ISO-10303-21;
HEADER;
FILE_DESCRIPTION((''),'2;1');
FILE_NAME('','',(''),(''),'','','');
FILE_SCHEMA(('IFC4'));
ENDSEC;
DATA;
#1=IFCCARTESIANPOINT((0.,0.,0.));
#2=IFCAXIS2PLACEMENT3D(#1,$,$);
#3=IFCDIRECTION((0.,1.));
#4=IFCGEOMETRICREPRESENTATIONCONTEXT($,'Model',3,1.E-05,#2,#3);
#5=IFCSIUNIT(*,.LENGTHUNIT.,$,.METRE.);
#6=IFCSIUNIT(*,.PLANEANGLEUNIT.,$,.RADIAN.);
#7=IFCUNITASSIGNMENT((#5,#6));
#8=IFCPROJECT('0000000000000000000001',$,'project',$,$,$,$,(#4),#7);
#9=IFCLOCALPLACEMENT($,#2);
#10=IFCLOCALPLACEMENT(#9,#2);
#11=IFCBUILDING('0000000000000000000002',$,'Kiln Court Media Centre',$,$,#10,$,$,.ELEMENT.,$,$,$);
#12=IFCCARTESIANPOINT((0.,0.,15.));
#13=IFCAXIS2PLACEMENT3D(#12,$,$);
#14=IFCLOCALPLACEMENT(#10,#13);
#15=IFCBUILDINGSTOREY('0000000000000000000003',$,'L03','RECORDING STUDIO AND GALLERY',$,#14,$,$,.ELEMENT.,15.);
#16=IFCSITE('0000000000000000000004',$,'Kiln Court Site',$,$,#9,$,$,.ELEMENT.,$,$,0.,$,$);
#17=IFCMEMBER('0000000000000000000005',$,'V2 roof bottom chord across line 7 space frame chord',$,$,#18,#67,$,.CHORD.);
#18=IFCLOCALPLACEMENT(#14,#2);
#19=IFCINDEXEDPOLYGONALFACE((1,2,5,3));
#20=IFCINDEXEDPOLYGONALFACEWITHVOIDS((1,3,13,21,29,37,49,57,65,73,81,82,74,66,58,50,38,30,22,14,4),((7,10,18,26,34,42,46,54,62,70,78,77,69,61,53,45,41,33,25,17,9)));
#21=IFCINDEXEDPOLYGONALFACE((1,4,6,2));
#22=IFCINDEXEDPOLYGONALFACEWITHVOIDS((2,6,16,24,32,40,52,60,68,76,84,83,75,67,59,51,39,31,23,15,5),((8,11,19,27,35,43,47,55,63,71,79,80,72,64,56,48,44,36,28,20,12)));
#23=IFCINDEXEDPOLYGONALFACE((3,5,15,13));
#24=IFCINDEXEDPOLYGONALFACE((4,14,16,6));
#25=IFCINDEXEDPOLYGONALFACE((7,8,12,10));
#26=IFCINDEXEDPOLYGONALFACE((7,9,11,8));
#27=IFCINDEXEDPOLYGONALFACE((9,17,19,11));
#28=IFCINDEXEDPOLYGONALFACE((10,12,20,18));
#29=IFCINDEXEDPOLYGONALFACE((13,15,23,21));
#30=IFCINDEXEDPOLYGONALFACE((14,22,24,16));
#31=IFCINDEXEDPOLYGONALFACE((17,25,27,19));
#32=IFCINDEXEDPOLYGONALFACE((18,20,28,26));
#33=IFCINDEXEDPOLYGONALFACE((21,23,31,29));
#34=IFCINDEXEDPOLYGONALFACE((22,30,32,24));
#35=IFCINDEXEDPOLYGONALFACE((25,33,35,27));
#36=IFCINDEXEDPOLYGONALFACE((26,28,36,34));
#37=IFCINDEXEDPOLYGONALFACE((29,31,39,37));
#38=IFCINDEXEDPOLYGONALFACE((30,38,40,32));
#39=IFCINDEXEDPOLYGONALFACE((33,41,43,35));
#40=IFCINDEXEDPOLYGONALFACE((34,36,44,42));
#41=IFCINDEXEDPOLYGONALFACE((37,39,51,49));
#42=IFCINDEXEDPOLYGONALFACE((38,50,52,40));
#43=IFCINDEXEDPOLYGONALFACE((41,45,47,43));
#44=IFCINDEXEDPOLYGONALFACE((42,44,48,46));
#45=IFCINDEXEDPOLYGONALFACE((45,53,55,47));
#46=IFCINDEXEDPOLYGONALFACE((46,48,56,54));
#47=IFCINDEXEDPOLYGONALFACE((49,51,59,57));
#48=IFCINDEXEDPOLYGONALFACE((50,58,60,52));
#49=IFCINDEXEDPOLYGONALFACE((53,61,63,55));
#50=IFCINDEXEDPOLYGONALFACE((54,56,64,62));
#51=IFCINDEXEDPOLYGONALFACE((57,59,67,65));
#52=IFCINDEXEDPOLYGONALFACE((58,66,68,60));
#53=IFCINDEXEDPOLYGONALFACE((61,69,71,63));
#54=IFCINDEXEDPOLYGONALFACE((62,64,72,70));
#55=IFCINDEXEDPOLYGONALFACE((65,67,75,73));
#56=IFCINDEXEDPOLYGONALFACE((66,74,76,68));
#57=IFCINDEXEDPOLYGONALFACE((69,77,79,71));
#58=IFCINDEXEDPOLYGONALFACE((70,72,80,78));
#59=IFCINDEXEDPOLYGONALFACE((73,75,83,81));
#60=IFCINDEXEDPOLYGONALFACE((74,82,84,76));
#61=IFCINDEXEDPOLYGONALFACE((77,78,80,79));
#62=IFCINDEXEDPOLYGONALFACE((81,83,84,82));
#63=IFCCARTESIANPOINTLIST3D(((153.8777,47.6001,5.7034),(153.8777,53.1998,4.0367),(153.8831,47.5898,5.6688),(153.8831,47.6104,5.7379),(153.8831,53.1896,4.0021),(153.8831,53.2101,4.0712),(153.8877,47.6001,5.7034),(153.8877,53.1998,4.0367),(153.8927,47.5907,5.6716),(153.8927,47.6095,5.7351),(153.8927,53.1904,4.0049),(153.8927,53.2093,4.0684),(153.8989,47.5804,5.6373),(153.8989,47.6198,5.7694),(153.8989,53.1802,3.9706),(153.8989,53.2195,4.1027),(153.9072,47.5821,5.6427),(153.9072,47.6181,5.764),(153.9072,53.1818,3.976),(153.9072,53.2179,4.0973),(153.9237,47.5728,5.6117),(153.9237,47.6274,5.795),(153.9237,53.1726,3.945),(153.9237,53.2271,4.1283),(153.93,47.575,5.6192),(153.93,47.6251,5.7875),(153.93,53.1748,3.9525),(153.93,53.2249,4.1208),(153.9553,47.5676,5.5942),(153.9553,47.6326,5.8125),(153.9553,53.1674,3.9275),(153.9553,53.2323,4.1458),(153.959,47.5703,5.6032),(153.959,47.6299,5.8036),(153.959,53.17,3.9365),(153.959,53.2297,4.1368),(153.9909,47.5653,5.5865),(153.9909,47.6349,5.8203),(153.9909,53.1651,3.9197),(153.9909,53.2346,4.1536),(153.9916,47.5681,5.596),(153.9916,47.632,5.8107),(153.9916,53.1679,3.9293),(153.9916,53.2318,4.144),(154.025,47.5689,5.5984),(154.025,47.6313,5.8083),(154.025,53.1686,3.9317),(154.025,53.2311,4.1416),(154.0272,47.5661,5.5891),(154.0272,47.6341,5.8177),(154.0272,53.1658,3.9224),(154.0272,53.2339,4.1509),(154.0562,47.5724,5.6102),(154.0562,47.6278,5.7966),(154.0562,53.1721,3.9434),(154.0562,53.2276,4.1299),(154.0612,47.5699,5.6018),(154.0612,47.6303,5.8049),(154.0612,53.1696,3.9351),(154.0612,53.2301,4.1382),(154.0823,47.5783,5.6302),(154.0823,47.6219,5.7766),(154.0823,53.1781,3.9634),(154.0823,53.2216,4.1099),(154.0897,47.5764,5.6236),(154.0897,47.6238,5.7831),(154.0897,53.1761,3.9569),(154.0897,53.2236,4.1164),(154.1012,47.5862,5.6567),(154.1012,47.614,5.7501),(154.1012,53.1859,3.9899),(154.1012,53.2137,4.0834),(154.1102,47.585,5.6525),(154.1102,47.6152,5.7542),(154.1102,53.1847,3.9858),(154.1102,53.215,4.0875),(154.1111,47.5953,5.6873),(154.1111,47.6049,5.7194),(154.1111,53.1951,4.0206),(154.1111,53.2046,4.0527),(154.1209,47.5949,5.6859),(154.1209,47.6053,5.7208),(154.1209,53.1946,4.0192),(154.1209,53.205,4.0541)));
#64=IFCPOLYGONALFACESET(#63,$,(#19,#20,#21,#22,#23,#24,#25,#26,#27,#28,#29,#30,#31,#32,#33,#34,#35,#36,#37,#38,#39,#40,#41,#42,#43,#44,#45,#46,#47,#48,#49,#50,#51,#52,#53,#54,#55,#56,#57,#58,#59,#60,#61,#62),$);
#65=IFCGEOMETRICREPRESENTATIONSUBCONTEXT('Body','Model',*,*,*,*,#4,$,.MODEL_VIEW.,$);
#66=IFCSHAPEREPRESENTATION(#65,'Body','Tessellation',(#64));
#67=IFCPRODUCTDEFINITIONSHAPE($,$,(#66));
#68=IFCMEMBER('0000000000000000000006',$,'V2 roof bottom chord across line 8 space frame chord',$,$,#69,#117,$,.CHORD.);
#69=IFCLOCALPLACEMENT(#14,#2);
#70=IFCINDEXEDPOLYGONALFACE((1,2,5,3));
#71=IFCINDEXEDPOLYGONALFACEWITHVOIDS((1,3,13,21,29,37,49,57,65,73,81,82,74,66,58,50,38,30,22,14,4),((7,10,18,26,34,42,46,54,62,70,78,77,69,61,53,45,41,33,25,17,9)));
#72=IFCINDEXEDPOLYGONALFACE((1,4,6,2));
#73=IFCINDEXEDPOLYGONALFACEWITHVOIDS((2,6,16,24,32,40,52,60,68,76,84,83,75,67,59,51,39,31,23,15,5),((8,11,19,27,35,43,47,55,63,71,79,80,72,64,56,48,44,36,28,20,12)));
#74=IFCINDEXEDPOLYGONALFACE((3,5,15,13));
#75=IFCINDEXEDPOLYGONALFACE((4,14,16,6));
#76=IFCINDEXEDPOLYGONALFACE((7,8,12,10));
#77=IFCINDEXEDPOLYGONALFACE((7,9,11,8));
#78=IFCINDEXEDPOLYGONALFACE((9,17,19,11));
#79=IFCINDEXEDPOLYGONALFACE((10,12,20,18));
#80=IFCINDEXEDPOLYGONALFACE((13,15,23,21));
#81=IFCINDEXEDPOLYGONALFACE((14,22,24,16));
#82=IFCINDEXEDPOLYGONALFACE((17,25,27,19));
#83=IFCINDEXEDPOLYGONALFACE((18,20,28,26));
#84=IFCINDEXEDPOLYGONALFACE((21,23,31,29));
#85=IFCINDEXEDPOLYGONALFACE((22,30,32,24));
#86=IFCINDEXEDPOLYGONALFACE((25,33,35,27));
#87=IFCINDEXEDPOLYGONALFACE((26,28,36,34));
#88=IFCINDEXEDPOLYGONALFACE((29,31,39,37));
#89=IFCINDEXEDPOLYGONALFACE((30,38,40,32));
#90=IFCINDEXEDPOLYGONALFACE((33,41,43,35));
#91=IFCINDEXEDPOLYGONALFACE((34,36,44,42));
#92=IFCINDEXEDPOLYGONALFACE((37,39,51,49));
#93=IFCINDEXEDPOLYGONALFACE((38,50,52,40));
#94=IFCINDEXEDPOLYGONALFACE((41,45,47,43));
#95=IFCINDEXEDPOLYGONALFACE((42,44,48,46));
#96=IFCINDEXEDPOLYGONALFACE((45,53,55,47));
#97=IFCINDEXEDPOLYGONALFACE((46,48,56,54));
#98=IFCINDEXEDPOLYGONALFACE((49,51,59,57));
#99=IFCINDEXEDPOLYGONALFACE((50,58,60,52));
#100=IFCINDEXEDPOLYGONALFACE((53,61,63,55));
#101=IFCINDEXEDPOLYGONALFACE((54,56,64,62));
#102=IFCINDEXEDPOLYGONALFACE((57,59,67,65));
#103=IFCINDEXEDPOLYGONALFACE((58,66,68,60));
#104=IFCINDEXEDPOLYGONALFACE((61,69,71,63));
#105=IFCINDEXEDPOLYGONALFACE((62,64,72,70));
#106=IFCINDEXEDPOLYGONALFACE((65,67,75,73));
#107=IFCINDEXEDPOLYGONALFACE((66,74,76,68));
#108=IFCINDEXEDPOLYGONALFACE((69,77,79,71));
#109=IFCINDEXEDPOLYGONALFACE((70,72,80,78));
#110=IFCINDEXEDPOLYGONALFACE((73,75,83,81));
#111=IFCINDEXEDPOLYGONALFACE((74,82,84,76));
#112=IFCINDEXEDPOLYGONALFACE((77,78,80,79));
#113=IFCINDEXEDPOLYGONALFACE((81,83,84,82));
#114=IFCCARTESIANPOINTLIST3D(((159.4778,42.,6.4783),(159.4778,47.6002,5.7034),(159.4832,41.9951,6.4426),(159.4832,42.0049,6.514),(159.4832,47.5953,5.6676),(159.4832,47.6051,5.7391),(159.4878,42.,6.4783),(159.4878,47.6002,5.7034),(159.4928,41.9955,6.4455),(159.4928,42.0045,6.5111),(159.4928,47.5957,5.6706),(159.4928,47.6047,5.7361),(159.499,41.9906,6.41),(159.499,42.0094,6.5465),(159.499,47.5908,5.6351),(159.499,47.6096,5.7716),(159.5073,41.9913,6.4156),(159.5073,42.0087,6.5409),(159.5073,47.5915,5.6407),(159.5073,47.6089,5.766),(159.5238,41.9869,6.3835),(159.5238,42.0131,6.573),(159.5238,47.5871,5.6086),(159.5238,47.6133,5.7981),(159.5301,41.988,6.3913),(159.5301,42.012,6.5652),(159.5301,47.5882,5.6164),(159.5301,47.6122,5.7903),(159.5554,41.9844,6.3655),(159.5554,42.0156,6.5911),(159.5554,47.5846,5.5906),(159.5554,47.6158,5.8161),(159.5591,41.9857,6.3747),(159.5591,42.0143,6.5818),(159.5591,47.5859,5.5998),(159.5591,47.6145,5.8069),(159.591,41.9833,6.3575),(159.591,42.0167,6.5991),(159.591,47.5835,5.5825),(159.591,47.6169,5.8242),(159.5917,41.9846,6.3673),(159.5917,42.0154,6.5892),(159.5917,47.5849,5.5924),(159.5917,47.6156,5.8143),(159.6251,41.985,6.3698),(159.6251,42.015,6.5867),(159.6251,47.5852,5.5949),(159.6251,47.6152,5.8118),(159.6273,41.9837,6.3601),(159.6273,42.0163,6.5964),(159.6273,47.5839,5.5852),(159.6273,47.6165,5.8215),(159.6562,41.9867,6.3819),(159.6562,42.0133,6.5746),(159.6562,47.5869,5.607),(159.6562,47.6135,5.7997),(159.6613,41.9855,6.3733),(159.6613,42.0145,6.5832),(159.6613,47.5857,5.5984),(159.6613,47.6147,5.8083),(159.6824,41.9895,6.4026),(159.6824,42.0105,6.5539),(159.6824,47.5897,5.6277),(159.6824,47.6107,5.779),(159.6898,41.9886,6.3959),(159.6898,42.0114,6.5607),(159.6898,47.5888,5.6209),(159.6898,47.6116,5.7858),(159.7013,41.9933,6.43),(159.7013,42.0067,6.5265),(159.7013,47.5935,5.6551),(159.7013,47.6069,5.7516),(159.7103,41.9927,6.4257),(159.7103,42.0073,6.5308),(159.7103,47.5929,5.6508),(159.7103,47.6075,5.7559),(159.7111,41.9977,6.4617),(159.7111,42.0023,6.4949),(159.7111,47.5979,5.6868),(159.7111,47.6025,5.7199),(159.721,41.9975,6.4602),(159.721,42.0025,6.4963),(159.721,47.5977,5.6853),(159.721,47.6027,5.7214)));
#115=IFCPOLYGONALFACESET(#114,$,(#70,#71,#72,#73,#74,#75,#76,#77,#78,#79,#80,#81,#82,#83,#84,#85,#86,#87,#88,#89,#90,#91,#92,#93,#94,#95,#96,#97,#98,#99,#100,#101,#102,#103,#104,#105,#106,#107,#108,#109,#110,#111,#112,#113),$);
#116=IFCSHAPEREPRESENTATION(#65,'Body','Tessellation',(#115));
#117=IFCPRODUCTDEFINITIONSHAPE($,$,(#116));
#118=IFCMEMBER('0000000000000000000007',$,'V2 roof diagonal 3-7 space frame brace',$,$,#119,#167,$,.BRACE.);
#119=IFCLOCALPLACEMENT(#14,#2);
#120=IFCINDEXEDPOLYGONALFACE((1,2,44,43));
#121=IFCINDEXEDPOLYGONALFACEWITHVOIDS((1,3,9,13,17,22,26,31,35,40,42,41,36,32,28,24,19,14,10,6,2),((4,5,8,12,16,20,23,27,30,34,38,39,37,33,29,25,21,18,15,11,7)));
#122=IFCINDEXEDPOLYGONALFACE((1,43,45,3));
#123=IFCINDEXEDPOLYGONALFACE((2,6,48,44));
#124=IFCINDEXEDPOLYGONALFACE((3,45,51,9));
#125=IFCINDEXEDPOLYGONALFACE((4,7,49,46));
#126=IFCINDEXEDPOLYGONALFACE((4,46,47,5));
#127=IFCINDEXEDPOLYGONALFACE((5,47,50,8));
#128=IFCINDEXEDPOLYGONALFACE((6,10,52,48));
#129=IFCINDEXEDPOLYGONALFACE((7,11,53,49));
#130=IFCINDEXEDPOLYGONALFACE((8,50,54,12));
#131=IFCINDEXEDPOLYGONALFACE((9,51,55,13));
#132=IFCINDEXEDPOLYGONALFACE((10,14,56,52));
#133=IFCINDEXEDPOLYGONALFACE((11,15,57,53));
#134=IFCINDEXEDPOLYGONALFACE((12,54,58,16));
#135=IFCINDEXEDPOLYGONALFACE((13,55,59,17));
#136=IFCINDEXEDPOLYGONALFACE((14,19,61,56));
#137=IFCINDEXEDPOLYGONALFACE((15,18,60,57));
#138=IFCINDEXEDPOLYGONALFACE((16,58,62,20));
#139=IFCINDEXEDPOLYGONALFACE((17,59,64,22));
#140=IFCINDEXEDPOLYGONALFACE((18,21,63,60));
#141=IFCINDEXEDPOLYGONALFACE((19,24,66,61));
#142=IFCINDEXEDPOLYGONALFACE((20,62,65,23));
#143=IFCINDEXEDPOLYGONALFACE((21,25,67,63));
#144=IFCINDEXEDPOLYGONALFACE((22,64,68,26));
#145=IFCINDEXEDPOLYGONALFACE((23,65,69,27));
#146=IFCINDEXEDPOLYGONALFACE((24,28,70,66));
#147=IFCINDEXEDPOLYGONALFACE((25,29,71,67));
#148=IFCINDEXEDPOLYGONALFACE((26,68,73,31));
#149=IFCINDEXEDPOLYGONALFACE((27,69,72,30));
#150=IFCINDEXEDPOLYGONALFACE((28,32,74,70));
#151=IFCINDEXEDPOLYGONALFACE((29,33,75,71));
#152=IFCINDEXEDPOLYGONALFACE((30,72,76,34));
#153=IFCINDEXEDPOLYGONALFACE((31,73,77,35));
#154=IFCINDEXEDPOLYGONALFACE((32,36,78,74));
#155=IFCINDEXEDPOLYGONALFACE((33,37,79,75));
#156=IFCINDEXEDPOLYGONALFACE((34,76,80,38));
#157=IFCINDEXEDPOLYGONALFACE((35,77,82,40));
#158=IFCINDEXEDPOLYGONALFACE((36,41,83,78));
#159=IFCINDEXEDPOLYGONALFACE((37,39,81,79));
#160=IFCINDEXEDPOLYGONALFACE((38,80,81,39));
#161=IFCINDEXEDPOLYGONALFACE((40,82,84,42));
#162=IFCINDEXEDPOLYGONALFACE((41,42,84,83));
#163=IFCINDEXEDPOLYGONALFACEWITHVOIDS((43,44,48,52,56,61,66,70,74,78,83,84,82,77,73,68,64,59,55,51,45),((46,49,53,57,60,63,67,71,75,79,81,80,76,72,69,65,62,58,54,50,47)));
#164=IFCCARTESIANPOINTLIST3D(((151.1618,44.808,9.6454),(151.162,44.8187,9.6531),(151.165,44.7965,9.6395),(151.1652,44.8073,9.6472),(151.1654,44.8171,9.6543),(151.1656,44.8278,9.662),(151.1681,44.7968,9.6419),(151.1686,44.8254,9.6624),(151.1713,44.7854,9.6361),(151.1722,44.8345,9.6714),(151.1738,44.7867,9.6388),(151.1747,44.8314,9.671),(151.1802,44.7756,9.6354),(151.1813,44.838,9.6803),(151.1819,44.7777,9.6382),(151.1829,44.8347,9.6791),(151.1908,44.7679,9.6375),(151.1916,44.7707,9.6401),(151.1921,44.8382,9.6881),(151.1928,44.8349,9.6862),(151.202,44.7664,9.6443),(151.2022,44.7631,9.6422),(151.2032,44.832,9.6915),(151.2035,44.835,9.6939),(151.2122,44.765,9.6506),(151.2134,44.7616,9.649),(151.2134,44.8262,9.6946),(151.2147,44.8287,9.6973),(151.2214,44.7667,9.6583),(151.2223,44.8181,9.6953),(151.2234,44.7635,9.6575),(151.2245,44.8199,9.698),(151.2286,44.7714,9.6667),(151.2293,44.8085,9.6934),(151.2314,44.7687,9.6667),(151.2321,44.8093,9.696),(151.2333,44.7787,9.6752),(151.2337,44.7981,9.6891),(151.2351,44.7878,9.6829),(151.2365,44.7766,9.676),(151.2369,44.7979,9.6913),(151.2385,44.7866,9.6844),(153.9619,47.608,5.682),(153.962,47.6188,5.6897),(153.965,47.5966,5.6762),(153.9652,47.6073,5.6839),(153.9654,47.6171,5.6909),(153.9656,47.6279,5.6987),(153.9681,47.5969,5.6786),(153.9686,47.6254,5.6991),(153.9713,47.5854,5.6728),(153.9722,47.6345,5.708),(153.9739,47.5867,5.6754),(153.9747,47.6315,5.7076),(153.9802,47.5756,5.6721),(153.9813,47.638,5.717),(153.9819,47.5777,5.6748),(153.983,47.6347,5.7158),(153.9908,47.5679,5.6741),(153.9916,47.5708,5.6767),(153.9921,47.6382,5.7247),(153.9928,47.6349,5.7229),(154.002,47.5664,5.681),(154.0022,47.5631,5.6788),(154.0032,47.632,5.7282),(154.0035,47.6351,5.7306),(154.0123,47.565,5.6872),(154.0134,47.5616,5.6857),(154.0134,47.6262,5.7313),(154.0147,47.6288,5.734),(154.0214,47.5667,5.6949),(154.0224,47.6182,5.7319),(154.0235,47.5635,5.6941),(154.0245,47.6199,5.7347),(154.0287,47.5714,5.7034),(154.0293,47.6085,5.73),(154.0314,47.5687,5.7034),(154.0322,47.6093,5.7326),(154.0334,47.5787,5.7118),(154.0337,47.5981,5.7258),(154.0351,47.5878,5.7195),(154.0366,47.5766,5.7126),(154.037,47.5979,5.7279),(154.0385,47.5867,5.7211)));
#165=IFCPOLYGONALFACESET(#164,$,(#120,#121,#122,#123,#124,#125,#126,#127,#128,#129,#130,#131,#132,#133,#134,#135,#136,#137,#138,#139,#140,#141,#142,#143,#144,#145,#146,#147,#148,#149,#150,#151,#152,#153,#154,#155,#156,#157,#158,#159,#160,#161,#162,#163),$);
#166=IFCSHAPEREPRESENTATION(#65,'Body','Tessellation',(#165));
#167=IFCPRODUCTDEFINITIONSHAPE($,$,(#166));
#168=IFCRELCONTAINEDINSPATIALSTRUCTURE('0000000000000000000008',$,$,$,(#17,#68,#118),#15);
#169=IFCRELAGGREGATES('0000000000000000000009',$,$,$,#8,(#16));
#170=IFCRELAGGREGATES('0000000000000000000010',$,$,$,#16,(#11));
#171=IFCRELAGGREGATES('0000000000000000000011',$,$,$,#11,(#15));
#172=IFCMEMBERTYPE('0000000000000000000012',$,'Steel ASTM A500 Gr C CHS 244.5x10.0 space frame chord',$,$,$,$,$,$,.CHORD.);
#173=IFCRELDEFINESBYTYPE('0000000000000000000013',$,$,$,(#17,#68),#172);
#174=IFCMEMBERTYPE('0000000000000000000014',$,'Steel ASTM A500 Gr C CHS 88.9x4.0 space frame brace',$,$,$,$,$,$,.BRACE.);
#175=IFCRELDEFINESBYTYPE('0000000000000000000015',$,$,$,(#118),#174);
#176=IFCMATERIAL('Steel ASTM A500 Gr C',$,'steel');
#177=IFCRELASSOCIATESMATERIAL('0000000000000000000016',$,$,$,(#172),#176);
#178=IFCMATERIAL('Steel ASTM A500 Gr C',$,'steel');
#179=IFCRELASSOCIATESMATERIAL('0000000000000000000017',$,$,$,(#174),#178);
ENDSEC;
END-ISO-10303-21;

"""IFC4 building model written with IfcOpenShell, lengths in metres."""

from ifc_helpers import new_model, si_unit, direction, frame, origin, origin_2d, place, context, subcontext, project, spatial, hollow_circle, extrude, material, material_profile, profile_set, type_object, element, save


model = new_model("IFC4")

# Units and contexts
model_context = context("Model", 3, precision=1e-05, world=origin(), true_north=direction((0.0, 1.0)))
body_context = subcontext(model_context, "Body", "Model", "MODEL_VIEW")
ifc_project = project(units=[si_unit("LENGTHUNIT", "METRE"), si_unit("PLANEANGLEUNIT", "RADIAN")], contexts=[model_context])

# Site, building, storey
site_placement = place(None, origin())
site = spatial("IfcSite", under=ifc_project, at=site_placement, Name="Kiln Court Site", CompositionType="ELEMENT", RefElevation=0.0)
building_placement = place(site_placement, origin())
building = spatial("IfcBuilding", under=site, at=building_placement, Name="Kiln Court Media Centre", CompositionType="ELEMENT")
storey_placement = place(building_placement, frame((0.0, 0.0, 15.0)))
storey = spatial("IfcBuildingStorey", under=building, at=storey_placement, Name="L03", Description="RECORDING STUDIO AND GALLERY", CompositionType="ELEMENT", Elevation=15.0)

# Members
ifc_material_1 = material(Name="Steel ASTM A500 Gr C", Category="steel")
ifc_material_profile_1 = material_profile(ifc_material_1, hollow_circle(Radius=0.1223, WallThickness=0.01, at=origin_2d()), Name="CHS 244.5x10.0")
ifc_profile_set_1 = profile_set([ifc_material_profile_1], Name="Steel ASTM A500 Gr C")
member_type_1 = type_object("IfcMemberType", Name="Steel ASTM A500 Gr C CHS 244.5x10.0 space frame chord", PredefinedType="CHORD", material=ifc_profile_set_1)
member_1_placement = place(storey_placement, frame((154.0, 47.6001, 5.7034), z_axis=(0.0, 0.958446, -0.285273), x_axis=(-1.0, 0.0, 0.0)))
element("IfcMember", 1, at=member_1_placement, inside=storey, type_object=member_type_1, Name="V2 roof bottom chord across line 7 space frame chord", PredefinedType="CHORD", context=body_context, shape_type="SweptSolid", body=[
    extrude(hollow_circle(Radius=0.1223, WallThickness=0.01, at=origin_2d()), origin(), (0.0, 0.0, 1.0), 5.8425),
])
member_2_placement = place(storey_placement, frame((159.6001, 42.0, 6.4783), z_axis=(0.0, 0.990562, -0.137067), x_axis=(-1.0, 0.0, 0.0)))
element("IfcMember", 2, at=member_2_placement, inside=storey, type_object=member_type_1, Name="V2 roof bottom chord across line 8 space frame chord", PredefinedType="CHORD", context=body_context, shape_type="SweptSolid", body=[
    extrude(hollow_circle(Radius=0.1223, WallThickness=0.01, at=origin_2d()), origin(), (0.0, 0.0, 1.0), 5.6536),
])
ifc_material_2 = material(Name="Steel ASTM A500 Gr C", Category="steel")
ifc_material_profile_2 = material_profile(ifc_material_2, hollow_circle(Radius=0.0444, WallThickness=0.0039, at=origin_2d()), Name="CHS 88.9x4.0")
ifc_profile_set_2 = profile_set([ifc_material_profile_2], Name="Steel ASTM A500 Gr C")
member_type_2 = type_object("IfcMemberType", Name="Steel ASTM A500 Gr C CHS 88.9x4.0 space frame brace", PredefinedType="BRACE", material=ifc_profile_set_2)
member_3_placement = place(storey_placement, frame((154.0, 47.6001, 5.7034), z_axis=(-0.499778, -0.499778, 0.70742), x_axis=(0.707107, -0.707107, 0.0)))
element("IfcMember", 3, at=member_3_placement, inside=storey, type_object=member_type_2, Name="V2 roof diagonal 3-7 space frame brace", PredefinedType="BRACE", context=body_context, shape_type="SweptSolid", body=[
    extrude(hollow_circle(Radius=0.0444, WallThickness=0.0039, at=origin_2d()), origin(), (0.0, 0.0, 1.0), 5.6025),
])

save(model, "model.ifc")
